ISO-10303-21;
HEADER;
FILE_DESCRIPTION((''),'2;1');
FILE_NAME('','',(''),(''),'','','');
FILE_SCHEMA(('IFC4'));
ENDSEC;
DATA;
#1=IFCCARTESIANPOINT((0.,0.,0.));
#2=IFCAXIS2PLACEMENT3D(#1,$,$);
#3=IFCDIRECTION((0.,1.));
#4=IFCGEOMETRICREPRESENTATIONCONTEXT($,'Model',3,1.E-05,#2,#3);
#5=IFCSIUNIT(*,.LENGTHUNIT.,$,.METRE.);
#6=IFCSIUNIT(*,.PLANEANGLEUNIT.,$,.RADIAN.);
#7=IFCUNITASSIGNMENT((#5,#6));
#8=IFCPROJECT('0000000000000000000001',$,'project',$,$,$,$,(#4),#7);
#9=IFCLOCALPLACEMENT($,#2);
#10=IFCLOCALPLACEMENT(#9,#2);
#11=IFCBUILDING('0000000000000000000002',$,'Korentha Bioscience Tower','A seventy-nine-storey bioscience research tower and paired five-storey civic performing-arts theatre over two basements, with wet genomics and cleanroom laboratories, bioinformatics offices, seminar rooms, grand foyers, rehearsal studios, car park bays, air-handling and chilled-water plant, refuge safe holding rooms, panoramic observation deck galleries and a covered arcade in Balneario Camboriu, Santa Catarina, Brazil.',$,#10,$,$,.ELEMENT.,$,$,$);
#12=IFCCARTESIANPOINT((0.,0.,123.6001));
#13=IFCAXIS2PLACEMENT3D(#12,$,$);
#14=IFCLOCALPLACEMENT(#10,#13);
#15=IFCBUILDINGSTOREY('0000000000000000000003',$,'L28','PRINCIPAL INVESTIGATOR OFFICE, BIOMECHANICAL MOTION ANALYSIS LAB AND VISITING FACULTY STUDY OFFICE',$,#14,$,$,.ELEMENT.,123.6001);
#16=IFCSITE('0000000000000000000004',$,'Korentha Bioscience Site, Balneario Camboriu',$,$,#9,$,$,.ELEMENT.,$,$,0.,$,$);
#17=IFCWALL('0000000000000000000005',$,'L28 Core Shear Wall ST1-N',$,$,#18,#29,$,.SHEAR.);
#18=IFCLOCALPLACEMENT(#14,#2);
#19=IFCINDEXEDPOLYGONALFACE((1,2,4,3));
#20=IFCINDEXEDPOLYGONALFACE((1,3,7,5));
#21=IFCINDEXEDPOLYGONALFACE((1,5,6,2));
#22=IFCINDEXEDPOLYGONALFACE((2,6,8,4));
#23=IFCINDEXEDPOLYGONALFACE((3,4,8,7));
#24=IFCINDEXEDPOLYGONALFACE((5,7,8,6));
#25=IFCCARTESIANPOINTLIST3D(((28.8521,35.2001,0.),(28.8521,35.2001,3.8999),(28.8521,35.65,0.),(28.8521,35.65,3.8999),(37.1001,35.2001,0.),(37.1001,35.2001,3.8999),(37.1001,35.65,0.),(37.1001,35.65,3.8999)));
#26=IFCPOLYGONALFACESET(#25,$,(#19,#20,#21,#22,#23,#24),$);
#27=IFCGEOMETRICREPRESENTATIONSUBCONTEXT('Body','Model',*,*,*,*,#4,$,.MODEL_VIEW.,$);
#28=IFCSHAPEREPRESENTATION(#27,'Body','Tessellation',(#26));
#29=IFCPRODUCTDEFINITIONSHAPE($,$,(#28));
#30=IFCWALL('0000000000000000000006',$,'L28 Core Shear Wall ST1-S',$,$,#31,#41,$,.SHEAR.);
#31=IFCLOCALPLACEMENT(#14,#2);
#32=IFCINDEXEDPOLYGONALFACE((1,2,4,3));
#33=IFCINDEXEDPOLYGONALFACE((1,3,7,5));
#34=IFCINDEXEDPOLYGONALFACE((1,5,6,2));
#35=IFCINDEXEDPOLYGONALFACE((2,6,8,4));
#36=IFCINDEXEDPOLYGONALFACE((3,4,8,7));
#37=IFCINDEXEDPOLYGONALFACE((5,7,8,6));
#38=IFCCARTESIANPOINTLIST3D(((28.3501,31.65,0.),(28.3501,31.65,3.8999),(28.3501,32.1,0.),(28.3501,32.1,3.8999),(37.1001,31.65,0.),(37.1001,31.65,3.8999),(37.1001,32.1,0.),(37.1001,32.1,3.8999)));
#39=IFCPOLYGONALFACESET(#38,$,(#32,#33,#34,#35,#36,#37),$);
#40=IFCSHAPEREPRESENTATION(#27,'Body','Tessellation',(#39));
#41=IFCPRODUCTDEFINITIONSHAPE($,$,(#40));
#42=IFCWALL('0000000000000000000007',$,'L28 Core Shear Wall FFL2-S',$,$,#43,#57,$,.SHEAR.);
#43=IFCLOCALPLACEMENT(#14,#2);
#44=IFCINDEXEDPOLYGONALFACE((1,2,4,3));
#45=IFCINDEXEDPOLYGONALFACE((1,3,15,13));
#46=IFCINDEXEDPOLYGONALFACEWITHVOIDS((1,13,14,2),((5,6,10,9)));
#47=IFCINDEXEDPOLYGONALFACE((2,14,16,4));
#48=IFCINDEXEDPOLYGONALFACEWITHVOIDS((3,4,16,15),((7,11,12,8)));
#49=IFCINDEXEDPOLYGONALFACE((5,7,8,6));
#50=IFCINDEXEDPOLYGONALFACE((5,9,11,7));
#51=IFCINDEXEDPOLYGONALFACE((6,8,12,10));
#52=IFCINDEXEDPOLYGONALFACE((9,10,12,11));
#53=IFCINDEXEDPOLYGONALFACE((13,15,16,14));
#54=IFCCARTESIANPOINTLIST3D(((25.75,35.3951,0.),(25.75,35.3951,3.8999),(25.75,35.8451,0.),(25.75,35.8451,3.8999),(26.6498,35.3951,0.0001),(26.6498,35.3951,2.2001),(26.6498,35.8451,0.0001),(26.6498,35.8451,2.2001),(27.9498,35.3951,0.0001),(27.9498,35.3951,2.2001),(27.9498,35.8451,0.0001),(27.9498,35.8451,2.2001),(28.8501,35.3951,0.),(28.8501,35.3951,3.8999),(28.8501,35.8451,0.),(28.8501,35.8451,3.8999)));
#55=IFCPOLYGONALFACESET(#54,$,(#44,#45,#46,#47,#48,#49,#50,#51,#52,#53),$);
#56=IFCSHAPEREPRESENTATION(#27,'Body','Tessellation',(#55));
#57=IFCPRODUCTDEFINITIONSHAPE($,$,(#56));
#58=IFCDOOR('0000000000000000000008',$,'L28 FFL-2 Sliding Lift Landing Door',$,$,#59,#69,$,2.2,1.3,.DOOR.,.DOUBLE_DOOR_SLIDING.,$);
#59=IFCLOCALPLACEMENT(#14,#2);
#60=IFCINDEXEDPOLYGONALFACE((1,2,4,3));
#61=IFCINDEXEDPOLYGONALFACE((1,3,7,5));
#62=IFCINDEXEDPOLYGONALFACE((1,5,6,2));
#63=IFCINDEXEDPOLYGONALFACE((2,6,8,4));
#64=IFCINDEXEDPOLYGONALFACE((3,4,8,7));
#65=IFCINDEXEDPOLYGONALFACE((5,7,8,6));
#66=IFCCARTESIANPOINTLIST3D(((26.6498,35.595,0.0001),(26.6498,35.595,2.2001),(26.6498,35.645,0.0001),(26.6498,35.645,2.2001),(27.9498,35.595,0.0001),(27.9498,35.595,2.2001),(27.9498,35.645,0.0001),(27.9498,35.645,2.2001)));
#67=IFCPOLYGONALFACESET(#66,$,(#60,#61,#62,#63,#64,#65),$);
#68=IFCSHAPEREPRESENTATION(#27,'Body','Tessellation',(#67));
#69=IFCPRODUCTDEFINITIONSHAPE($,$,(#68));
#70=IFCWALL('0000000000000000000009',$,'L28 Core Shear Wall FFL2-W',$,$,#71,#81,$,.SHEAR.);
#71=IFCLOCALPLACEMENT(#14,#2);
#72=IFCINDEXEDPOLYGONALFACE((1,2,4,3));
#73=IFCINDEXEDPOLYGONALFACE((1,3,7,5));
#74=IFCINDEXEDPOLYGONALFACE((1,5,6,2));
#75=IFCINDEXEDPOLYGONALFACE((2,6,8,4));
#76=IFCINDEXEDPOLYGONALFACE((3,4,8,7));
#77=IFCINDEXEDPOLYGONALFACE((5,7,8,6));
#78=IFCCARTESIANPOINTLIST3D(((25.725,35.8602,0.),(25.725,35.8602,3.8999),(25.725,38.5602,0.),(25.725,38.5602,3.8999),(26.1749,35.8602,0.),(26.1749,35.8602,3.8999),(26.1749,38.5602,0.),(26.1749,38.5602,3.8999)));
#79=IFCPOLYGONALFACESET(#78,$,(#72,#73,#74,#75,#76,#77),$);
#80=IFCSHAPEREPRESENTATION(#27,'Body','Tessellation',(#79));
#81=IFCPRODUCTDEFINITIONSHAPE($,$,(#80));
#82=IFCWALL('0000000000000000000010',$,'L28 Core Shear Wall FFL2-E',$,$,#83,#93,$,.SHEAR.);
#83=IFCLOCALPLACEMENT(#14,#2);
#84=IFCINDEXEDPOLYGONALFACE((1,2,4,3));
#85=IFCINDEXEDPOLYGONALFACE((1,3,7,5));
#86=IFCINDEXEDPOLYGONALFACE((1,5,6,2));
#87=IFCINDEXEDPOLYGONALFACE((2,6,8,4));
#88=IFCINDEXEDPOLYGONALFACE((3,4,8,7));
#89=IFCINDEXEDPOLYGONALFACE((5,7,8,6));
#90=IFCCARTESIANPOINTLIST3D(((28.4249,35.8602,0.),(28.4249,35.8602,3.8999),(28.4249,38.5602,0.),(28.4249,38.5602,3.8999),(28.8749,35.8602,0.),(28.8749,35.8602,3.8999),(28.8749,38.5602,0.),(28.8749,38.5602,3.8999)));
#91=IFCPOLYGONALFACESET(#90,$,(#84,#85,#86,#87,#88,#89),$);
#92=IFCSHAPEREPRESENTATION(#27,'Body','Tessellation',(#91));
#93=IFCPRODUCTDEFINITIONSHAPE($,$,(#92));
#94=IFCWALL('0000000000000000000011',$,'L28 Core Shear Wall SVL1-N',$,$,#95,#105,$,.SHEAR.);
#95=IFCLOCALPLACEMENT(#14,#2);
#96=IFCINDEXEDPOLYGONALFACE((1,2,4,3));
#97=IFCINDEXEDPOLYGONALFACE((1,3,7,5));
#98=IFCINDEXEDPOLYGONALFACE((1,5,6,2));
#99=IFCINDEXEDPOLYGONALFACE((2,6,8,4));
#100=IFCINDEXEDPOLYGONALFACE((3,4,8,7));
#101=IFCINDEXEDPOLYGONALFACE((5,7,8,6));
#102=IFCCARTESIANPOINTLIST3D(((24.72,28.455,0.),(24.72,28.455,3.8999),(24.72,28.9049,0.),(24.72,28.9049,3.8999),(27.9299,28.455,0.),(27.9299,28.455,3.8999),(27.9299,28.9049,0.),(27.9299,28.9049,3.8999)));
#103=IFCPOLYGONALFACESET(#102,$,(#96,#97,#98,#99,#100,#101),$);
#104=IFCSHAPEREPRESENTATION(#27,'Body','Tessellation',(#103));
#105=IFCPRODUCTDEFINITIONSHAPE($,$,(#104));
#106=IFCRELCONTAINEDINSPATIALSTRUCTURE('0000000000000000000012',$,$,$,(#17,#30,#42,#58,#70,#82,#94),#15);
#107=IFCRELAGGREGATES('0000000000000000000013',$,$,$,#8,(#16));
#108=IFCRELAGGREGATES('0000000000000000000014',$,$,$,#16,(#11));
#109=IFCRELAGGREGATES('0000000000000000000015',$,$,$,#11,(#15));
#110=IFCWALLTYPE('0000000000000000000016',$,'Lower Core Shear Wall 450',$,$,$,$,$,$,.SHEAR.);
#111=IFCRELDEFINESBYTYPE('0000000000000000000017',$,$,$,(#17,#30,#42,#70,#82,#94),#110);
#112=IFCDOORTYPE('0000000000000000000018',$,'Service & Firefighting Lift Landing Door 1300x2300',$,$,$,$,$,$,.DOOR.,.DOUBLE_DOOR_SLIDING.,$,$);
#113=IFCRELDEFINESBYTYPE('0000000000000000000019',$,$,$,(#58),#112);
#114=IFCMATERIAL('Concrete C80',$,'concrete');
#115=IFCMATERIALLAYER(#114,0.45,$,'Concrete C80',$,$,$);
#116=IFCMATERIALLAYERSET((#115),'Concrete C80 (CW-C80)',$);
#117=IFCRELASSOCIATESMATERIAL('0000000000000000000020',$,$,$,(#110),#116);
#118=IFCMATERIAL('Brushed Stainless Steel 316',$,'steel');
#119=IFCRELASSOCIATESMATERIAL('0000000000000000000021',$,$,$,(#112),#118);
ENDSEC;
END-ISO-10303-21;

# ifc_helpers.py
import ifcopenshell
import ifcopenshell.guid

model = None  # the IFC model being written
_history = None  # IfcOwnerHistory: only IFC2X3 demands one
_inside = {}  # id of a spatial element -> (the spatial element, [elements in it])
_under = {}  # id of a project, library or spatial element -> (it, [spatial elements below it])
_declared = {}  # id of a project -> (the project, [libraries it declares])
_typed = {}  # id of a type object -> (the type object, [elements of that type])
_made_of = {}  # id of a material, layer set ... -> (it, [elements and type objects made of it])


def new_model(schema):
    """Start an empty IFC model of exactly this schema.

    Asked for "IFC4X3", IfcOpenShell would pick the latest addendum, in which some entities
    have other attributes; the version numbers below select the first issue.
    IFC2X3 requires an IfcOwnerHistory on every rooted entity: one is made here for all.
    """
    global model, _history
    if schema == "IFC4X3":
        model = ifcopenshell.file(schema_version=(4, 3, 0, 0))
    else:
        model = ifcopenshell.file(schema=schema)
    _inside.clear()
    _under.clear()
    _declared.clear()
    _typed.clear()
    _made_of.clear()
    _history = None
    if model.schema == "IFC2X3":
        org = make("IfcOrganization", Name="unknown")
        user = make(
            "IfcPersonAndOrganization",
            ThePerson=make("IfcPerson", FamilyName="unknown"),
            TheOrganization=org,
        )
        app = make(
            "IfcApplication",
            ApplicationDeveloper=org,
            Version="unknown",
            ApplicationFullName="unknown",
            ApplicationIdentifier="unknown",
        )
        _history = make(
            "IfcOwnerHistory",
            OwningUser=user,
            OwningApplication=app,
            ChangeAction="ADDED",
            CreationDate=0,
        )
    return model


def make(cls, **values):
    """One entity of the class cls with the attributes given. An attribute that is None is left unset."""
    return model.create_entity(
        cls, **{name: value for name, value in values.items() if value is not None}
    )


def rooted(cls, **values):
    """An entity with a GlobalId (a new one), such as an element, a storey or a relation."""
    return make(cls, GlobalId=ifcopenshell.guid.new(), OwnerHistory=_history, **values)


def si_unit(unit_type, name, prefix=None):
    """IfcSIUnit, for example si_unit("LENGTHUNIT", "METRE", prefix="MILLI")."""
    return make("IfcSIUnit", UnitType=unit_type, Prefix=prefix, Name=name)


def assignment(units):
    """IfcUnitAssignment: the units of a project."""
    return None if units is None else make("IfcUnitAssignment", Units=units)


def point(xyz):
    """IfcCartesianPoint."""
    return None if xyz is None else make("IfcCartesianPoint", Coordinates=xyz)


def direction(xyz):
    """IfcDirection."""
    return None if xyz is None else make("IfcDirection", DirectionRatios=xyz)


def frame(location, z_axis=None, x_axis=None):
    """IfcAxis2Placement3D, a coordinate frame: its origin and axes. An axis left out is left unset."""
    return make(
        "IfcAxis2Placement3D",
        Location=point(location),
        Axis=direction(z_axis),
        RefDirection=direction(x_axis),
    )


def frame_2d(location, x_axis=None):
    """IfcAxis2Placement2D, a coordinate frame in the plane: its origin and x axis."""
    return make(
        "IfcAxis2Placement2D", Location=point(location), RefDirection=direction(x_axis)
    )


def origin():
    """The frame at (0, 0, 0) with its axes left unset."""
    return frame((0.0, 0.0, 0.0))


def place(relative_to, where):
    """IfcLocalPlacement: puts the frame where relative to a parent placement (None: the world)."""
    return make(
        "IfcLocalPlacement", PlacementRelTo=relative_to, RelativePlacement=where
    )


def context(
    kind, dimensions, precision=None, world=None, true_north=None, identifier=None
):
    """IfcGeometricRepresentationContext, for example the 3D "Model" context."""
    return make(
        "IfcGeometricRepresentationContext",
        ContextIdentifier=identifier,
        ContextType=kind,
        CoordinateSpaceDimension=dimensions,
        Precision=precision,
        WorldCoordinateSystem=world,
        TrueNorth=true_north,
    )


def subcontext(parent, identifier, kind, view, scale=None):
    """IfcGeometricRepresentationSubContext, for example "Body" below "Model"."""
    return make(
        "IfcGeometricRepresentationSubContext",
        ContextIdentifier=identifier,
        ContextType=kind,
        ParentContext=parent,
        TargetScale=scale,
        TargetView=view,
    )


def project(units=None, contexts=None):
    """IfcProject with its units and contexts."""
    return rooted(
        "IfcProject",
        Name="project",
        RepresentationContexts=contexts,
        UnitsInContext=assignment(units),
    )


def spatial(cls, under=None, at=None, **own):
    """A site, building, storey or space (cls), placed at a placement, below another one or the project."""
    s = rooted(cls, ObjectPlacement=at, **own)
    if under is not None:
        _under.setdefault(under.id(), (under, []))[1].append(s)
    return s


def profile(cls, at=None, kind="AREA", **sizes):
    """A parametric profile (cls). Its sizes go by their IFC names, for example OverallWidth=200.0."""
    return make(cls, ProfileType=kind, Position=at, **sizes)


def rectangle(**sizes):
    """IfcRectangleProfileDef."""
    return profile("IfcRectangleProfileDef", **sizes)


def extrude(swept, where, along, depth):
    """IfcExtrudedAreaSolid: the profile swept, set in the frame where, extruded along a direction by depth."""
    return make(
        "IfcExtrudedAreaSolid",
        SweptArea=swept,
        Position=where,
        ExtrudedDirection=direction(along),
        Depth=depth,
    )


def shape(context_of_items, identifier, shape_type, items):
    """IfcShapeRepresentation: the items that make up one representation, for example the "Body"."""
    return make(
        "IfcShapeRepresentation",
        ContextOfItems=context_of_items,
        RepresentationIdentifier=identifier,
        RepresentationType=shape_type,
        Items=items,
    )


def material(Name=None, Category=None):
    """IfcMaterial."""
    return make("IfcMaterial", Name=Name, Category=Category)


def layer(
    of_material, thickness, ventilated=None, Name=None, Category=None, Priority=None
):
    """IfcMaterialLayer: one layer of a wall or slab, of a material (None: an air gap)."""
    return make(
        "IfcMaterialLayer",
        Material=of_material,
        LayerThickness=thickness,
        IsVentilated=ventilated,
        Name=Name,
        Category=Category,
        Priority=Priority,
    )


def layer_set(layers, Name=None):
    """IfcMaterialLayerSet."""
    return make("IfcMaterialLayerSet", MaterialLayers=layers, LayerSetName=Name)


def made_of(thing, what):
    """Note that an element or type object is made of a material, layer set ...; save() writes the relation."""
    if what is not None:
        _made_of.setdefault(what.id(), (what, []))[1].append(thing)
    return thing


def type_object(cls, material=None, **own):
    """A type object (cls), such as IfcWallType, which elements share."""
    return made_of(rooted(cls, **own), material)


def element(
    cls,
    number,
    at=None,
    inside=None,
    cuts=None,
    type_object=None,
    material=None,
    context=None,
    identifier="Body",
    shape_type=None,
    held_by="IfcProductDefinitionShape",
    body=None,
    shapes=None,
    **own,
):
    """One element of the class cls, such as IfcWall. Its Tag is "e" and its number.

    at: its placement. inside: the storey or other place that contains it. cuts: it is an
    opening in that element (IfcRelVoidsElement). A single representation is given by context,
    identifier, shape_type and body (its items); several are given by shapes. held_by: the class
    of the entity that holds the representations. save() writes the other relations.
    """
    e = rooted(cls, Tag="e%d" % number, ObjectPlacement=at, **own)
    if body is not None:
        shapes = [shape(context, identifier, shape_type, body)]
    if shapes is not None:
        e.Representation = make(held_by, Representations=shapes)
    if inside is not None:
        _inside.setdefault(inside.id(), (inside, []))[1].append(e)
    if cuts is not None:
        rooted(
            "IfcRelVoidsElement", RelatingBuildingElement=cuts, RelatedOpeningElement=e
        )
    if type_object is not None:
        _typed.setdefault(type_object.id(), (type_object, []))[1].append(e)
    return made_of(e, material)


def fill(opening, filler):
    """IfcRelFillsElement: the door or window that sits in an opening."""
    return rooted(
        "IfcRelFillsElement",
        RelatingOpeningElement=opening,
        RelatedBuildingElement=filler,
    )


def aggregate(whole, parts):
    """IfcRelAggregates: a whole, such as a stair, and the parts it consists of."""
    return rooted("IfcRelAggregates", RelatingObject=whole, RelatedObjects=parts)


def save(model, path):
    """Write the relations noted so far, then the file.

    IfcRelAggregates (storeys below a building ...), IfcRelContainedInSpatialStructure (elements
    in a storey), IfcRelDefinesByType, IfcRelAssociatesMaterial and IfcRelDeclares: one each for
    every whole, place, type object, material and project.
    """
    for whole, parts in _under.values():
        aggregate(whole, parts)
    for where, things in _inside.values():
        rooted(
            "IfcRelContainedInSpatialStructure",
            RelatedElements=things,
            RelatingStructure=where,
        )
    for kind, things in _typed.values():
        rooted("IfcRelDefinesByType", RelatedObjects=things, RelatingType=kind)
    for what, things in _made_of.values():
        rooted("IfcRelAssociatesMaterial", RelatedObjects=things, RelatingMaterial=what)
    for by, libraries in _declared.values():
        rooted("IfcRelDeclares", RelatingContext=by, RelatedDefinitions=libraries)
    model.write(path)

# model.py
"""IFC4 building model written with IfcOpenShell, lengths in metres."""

from ifc_helpers import new_model, si_unit, direction, frame, frame_2d, origin, place, context, subcontext, project, spatial, rectangle, extrude, material, layer, layer_set, type_object, element, fill, save


model = new_model("IFC4")

# Units and contexts
model_context = context("Model", 3, precision=1e-05, world=origin(), true_north=direction((0.0, 1.0)))
body_context = subcontext(model_context, "Body", "Model", "MODEL_VIEW")
ifc_project = project(units=[si_unit("LENGTHUNIT", "METRE"), si_unit("PLANEANGLEUNIT", "RADIAN")], contexts=[model_context])

# Site, building, storey
site_placement = place(None, origin())
site = spatial("IfcSite", under=ifc_project, at=site_placement, Name="Korentha Bioscience Site, Balneario Camboriu", CompositionType="ELEMENT", RefElevation=0.0)
building_placement = place(site_placement, origin())
building = spatial("IfcBuilding", under=site, at=building_placement, Name="Korentha Bioscience Tower", Description="A seventy-nine-storey bioscience research tower and paired five-storey civic performing-arts theatre over two basements, with wet genomics and cleanroom laboratories, bioinformatics offices, seminar rooms, grand foyers, rehearsal studios, car park bays, air-handling and chilled-water plant, refuge safe holding rooms, panoramic observation deck galleries and a covered arcade in Balneario Camboriu, Santa Catarina, Brazil.", CompositionType="ELEMENT")
storey_placement = place(building_placement, frame((0.0, 0.0, 123.6001)))
storey = spatial("IfcBuildingStorey", under=building, at=storey_placement, Name="L28", Description="PRINCIPAL INVESTIGATOR OFFICE, BIOMECHANICAL MOTION ANALYSIS LAB AND VISITING FACULTY STUDY OFFICE", CompositionType="ELEMENT", Elevation=123.6001)

# Walls
ifc_material_1 = material(Name="Concrete C80", Category="concrete")
ifc_layer_1 = layer(ifc_material_1, 0.45, Name="Concrete C80")
ifc_layer_set_1 = layer_set([ifc_layer_1], Name="Concrete C80 (CW-C80)")
wall_type_1 = type_object("IfcWallType", Name="Lower Core Shear Wall 450", PredefinedType="SHEAR", material=ifc_layer_set_1)
wall_1_placement = place(storey_placement, frame((28.8521, 35.425, 0.0), z_axis=(0.0, 0.0, 1.0), x_axis=(1.0, 0.0, 0.0)))
element("IfcWall", 1, at=wall_1_placement, inside=storey, type_object=wall_type_1, Name="L28 Core Shear Wall ST1-N", PredefinedType="SHEAR", context=body_context, shape_type="SweptSolid", body=[
    extrude(rectangle(XDim=8.248, YDim=0.45, at=frame_2d((4.124, 0.0))), origin(), (0.0, 0.0, 1.0), 3.8999),
])
wall_2_placement = place(storey_placement, frame((28.3501, 31.875, 0.0), z_axis=(0.0, 0.0, 1.0), x_axis=(1.0, 0.0, 0.0)))
element("IfcWall", 2, at=wall_2_placement, inside=storey, type_object=wall_type_1, Name="L28 Core Shear Wall ST1-S", PredefinedType="SHEAR", context=body_context, shape_type="SweptSolid", body=[
    extrude(rectangle(XDim=8.75, YDim=0.45, at=frame_2d((4.375, 0.0))), origin(), (0.0, 0.0, 1.0), 3.8999),
])

# Wall, opening, door
wall_3_placement = place(storey_placement, frame((25.75, 35.6201, 0.0), z_axis=(0.0, 0.0, 1.0), x_axis=(1.0, 0.0, 0.0)))
wall_3 = element("IfcWall", 3, at=wall_3_placement, inside=storey, type_object=wall_type_1, Name="L28 Core Shear Wall FFL2-S", PredefinedType="SHEAR", context=body_context, shape_type="SweptSolid", body=[
    extrude(rectangle(XDim=3.1001, YDim=0.45, at=frame_2d((1.55, 0.0))), origin(), (0.0, 0.0, 1.0), 3.8999),
])
opening_1_placement = place(wall_3_placement, frame((0.8999, 0.0, 0.0)))
opening_1 = element("IfcOpeningElement", 4, at=opening_1_placement, cuts=wall_3, PredefinedType="OPENING", context=body_context, shape_type="SweptSolid", body=[
    extrude(rectangle(XDim=1.3, YDim=2.2, at=frame_2d((0.6499, 1.1001))), frame((0.0, 0.2397, 0.0), z_axis=(0.0, -1.0, 0.0), x_axis=(1.0, 0.0, 0.0)), (0.0, 0.0, 1.0), 0.4797),
])
ifc_material_2 = material(Name="Brushed Stainless Steel 316", Category="steel")
door_type_1 = type_object("IfcDoorType", Name="Service & Firefighting Lift Landing Door 1300x2300", OperationType="DOUBLE_DOOR_SLIDING", PredefinedType="DOOR", material=ifc_material_2)
door_1_placement = place(opening_1_placement, origin())
door_1 = element("IfcDoor", 5, at=door_1_placement, inside=storey, type_object=door_type_1, Name="L28 FFL-2 Sliding Lift Landing Door", OperationType="DOUBLE_DOOR_SLIDING", OverallHeight=2.2, OverallWidth=1.3, PredefinedType="DOOR", context=body_context, shape_type="SweptSolid", body=[
    extrude(rectangle(XDim=1.3, YDim=2.2, at=frame_2d((0.6499, 1.1001))), frame((0.0, 0.0249, 0.0), z_axis=(0.0, -1.0, 0.0), x_axis=(1.0, 0.0, 0.0)), (0.0, 0.0, 1.0), 0.05),
])
fill(opening_1, door_1)

# Walls
for number, where, z_axis, x_axis, name in (
    (6, (25.95, 35.8601, 0.0), (0.0, 0.0, 1.0), (0.0, 1.0, 0.0), "L28 Core Shear Wall FFL2-W"),
    (7, (28.6499, 35.8601, 0.0), (0.0, 0.0, 1.0), (0.0, 1.0, 0.0), "L28 Core Shear Wall FFL2-E"),
):
    element("IfcWall", number, at=place(storey_placement, frame(where, z_axis=z_axis, x_axis=x_axis)), inside=storey, type_object=wall_type_1, Name=name, PredefinedType="SHEAR", context=body_context, shape_type="SweptSolid", body=[
        extrude(rectangle(XDim=2.7, YDim=0.45, at=frame_2d((1.3501, 0.0))), origin(), (0.0, 0.0, 1.0), 3.8999),
    ])
wall_4_placement = place(storey_placement, frame((24.72, 28.6799, 0.0), z_axis=(0.0, 0.0, 1.0), x_axis=(1.0, 0.0, 0.0)))
element("IfcWall", 8, at=wall_4_placement, inside=storey, type_object=wall_type_1, Name="L28 Core Shear Wall SVL1-N", PredefinedType="SHEAR", context=body_context, shape_type="SweptSolid", body=[
    extrude(rectangle(XDim=3.21, YDim=0.45, at=frame_2d((1.605, 0.0))), origin(), (0.0, 0.0, 1.0), 3.8999),
])

save(model, "model.ifc")
